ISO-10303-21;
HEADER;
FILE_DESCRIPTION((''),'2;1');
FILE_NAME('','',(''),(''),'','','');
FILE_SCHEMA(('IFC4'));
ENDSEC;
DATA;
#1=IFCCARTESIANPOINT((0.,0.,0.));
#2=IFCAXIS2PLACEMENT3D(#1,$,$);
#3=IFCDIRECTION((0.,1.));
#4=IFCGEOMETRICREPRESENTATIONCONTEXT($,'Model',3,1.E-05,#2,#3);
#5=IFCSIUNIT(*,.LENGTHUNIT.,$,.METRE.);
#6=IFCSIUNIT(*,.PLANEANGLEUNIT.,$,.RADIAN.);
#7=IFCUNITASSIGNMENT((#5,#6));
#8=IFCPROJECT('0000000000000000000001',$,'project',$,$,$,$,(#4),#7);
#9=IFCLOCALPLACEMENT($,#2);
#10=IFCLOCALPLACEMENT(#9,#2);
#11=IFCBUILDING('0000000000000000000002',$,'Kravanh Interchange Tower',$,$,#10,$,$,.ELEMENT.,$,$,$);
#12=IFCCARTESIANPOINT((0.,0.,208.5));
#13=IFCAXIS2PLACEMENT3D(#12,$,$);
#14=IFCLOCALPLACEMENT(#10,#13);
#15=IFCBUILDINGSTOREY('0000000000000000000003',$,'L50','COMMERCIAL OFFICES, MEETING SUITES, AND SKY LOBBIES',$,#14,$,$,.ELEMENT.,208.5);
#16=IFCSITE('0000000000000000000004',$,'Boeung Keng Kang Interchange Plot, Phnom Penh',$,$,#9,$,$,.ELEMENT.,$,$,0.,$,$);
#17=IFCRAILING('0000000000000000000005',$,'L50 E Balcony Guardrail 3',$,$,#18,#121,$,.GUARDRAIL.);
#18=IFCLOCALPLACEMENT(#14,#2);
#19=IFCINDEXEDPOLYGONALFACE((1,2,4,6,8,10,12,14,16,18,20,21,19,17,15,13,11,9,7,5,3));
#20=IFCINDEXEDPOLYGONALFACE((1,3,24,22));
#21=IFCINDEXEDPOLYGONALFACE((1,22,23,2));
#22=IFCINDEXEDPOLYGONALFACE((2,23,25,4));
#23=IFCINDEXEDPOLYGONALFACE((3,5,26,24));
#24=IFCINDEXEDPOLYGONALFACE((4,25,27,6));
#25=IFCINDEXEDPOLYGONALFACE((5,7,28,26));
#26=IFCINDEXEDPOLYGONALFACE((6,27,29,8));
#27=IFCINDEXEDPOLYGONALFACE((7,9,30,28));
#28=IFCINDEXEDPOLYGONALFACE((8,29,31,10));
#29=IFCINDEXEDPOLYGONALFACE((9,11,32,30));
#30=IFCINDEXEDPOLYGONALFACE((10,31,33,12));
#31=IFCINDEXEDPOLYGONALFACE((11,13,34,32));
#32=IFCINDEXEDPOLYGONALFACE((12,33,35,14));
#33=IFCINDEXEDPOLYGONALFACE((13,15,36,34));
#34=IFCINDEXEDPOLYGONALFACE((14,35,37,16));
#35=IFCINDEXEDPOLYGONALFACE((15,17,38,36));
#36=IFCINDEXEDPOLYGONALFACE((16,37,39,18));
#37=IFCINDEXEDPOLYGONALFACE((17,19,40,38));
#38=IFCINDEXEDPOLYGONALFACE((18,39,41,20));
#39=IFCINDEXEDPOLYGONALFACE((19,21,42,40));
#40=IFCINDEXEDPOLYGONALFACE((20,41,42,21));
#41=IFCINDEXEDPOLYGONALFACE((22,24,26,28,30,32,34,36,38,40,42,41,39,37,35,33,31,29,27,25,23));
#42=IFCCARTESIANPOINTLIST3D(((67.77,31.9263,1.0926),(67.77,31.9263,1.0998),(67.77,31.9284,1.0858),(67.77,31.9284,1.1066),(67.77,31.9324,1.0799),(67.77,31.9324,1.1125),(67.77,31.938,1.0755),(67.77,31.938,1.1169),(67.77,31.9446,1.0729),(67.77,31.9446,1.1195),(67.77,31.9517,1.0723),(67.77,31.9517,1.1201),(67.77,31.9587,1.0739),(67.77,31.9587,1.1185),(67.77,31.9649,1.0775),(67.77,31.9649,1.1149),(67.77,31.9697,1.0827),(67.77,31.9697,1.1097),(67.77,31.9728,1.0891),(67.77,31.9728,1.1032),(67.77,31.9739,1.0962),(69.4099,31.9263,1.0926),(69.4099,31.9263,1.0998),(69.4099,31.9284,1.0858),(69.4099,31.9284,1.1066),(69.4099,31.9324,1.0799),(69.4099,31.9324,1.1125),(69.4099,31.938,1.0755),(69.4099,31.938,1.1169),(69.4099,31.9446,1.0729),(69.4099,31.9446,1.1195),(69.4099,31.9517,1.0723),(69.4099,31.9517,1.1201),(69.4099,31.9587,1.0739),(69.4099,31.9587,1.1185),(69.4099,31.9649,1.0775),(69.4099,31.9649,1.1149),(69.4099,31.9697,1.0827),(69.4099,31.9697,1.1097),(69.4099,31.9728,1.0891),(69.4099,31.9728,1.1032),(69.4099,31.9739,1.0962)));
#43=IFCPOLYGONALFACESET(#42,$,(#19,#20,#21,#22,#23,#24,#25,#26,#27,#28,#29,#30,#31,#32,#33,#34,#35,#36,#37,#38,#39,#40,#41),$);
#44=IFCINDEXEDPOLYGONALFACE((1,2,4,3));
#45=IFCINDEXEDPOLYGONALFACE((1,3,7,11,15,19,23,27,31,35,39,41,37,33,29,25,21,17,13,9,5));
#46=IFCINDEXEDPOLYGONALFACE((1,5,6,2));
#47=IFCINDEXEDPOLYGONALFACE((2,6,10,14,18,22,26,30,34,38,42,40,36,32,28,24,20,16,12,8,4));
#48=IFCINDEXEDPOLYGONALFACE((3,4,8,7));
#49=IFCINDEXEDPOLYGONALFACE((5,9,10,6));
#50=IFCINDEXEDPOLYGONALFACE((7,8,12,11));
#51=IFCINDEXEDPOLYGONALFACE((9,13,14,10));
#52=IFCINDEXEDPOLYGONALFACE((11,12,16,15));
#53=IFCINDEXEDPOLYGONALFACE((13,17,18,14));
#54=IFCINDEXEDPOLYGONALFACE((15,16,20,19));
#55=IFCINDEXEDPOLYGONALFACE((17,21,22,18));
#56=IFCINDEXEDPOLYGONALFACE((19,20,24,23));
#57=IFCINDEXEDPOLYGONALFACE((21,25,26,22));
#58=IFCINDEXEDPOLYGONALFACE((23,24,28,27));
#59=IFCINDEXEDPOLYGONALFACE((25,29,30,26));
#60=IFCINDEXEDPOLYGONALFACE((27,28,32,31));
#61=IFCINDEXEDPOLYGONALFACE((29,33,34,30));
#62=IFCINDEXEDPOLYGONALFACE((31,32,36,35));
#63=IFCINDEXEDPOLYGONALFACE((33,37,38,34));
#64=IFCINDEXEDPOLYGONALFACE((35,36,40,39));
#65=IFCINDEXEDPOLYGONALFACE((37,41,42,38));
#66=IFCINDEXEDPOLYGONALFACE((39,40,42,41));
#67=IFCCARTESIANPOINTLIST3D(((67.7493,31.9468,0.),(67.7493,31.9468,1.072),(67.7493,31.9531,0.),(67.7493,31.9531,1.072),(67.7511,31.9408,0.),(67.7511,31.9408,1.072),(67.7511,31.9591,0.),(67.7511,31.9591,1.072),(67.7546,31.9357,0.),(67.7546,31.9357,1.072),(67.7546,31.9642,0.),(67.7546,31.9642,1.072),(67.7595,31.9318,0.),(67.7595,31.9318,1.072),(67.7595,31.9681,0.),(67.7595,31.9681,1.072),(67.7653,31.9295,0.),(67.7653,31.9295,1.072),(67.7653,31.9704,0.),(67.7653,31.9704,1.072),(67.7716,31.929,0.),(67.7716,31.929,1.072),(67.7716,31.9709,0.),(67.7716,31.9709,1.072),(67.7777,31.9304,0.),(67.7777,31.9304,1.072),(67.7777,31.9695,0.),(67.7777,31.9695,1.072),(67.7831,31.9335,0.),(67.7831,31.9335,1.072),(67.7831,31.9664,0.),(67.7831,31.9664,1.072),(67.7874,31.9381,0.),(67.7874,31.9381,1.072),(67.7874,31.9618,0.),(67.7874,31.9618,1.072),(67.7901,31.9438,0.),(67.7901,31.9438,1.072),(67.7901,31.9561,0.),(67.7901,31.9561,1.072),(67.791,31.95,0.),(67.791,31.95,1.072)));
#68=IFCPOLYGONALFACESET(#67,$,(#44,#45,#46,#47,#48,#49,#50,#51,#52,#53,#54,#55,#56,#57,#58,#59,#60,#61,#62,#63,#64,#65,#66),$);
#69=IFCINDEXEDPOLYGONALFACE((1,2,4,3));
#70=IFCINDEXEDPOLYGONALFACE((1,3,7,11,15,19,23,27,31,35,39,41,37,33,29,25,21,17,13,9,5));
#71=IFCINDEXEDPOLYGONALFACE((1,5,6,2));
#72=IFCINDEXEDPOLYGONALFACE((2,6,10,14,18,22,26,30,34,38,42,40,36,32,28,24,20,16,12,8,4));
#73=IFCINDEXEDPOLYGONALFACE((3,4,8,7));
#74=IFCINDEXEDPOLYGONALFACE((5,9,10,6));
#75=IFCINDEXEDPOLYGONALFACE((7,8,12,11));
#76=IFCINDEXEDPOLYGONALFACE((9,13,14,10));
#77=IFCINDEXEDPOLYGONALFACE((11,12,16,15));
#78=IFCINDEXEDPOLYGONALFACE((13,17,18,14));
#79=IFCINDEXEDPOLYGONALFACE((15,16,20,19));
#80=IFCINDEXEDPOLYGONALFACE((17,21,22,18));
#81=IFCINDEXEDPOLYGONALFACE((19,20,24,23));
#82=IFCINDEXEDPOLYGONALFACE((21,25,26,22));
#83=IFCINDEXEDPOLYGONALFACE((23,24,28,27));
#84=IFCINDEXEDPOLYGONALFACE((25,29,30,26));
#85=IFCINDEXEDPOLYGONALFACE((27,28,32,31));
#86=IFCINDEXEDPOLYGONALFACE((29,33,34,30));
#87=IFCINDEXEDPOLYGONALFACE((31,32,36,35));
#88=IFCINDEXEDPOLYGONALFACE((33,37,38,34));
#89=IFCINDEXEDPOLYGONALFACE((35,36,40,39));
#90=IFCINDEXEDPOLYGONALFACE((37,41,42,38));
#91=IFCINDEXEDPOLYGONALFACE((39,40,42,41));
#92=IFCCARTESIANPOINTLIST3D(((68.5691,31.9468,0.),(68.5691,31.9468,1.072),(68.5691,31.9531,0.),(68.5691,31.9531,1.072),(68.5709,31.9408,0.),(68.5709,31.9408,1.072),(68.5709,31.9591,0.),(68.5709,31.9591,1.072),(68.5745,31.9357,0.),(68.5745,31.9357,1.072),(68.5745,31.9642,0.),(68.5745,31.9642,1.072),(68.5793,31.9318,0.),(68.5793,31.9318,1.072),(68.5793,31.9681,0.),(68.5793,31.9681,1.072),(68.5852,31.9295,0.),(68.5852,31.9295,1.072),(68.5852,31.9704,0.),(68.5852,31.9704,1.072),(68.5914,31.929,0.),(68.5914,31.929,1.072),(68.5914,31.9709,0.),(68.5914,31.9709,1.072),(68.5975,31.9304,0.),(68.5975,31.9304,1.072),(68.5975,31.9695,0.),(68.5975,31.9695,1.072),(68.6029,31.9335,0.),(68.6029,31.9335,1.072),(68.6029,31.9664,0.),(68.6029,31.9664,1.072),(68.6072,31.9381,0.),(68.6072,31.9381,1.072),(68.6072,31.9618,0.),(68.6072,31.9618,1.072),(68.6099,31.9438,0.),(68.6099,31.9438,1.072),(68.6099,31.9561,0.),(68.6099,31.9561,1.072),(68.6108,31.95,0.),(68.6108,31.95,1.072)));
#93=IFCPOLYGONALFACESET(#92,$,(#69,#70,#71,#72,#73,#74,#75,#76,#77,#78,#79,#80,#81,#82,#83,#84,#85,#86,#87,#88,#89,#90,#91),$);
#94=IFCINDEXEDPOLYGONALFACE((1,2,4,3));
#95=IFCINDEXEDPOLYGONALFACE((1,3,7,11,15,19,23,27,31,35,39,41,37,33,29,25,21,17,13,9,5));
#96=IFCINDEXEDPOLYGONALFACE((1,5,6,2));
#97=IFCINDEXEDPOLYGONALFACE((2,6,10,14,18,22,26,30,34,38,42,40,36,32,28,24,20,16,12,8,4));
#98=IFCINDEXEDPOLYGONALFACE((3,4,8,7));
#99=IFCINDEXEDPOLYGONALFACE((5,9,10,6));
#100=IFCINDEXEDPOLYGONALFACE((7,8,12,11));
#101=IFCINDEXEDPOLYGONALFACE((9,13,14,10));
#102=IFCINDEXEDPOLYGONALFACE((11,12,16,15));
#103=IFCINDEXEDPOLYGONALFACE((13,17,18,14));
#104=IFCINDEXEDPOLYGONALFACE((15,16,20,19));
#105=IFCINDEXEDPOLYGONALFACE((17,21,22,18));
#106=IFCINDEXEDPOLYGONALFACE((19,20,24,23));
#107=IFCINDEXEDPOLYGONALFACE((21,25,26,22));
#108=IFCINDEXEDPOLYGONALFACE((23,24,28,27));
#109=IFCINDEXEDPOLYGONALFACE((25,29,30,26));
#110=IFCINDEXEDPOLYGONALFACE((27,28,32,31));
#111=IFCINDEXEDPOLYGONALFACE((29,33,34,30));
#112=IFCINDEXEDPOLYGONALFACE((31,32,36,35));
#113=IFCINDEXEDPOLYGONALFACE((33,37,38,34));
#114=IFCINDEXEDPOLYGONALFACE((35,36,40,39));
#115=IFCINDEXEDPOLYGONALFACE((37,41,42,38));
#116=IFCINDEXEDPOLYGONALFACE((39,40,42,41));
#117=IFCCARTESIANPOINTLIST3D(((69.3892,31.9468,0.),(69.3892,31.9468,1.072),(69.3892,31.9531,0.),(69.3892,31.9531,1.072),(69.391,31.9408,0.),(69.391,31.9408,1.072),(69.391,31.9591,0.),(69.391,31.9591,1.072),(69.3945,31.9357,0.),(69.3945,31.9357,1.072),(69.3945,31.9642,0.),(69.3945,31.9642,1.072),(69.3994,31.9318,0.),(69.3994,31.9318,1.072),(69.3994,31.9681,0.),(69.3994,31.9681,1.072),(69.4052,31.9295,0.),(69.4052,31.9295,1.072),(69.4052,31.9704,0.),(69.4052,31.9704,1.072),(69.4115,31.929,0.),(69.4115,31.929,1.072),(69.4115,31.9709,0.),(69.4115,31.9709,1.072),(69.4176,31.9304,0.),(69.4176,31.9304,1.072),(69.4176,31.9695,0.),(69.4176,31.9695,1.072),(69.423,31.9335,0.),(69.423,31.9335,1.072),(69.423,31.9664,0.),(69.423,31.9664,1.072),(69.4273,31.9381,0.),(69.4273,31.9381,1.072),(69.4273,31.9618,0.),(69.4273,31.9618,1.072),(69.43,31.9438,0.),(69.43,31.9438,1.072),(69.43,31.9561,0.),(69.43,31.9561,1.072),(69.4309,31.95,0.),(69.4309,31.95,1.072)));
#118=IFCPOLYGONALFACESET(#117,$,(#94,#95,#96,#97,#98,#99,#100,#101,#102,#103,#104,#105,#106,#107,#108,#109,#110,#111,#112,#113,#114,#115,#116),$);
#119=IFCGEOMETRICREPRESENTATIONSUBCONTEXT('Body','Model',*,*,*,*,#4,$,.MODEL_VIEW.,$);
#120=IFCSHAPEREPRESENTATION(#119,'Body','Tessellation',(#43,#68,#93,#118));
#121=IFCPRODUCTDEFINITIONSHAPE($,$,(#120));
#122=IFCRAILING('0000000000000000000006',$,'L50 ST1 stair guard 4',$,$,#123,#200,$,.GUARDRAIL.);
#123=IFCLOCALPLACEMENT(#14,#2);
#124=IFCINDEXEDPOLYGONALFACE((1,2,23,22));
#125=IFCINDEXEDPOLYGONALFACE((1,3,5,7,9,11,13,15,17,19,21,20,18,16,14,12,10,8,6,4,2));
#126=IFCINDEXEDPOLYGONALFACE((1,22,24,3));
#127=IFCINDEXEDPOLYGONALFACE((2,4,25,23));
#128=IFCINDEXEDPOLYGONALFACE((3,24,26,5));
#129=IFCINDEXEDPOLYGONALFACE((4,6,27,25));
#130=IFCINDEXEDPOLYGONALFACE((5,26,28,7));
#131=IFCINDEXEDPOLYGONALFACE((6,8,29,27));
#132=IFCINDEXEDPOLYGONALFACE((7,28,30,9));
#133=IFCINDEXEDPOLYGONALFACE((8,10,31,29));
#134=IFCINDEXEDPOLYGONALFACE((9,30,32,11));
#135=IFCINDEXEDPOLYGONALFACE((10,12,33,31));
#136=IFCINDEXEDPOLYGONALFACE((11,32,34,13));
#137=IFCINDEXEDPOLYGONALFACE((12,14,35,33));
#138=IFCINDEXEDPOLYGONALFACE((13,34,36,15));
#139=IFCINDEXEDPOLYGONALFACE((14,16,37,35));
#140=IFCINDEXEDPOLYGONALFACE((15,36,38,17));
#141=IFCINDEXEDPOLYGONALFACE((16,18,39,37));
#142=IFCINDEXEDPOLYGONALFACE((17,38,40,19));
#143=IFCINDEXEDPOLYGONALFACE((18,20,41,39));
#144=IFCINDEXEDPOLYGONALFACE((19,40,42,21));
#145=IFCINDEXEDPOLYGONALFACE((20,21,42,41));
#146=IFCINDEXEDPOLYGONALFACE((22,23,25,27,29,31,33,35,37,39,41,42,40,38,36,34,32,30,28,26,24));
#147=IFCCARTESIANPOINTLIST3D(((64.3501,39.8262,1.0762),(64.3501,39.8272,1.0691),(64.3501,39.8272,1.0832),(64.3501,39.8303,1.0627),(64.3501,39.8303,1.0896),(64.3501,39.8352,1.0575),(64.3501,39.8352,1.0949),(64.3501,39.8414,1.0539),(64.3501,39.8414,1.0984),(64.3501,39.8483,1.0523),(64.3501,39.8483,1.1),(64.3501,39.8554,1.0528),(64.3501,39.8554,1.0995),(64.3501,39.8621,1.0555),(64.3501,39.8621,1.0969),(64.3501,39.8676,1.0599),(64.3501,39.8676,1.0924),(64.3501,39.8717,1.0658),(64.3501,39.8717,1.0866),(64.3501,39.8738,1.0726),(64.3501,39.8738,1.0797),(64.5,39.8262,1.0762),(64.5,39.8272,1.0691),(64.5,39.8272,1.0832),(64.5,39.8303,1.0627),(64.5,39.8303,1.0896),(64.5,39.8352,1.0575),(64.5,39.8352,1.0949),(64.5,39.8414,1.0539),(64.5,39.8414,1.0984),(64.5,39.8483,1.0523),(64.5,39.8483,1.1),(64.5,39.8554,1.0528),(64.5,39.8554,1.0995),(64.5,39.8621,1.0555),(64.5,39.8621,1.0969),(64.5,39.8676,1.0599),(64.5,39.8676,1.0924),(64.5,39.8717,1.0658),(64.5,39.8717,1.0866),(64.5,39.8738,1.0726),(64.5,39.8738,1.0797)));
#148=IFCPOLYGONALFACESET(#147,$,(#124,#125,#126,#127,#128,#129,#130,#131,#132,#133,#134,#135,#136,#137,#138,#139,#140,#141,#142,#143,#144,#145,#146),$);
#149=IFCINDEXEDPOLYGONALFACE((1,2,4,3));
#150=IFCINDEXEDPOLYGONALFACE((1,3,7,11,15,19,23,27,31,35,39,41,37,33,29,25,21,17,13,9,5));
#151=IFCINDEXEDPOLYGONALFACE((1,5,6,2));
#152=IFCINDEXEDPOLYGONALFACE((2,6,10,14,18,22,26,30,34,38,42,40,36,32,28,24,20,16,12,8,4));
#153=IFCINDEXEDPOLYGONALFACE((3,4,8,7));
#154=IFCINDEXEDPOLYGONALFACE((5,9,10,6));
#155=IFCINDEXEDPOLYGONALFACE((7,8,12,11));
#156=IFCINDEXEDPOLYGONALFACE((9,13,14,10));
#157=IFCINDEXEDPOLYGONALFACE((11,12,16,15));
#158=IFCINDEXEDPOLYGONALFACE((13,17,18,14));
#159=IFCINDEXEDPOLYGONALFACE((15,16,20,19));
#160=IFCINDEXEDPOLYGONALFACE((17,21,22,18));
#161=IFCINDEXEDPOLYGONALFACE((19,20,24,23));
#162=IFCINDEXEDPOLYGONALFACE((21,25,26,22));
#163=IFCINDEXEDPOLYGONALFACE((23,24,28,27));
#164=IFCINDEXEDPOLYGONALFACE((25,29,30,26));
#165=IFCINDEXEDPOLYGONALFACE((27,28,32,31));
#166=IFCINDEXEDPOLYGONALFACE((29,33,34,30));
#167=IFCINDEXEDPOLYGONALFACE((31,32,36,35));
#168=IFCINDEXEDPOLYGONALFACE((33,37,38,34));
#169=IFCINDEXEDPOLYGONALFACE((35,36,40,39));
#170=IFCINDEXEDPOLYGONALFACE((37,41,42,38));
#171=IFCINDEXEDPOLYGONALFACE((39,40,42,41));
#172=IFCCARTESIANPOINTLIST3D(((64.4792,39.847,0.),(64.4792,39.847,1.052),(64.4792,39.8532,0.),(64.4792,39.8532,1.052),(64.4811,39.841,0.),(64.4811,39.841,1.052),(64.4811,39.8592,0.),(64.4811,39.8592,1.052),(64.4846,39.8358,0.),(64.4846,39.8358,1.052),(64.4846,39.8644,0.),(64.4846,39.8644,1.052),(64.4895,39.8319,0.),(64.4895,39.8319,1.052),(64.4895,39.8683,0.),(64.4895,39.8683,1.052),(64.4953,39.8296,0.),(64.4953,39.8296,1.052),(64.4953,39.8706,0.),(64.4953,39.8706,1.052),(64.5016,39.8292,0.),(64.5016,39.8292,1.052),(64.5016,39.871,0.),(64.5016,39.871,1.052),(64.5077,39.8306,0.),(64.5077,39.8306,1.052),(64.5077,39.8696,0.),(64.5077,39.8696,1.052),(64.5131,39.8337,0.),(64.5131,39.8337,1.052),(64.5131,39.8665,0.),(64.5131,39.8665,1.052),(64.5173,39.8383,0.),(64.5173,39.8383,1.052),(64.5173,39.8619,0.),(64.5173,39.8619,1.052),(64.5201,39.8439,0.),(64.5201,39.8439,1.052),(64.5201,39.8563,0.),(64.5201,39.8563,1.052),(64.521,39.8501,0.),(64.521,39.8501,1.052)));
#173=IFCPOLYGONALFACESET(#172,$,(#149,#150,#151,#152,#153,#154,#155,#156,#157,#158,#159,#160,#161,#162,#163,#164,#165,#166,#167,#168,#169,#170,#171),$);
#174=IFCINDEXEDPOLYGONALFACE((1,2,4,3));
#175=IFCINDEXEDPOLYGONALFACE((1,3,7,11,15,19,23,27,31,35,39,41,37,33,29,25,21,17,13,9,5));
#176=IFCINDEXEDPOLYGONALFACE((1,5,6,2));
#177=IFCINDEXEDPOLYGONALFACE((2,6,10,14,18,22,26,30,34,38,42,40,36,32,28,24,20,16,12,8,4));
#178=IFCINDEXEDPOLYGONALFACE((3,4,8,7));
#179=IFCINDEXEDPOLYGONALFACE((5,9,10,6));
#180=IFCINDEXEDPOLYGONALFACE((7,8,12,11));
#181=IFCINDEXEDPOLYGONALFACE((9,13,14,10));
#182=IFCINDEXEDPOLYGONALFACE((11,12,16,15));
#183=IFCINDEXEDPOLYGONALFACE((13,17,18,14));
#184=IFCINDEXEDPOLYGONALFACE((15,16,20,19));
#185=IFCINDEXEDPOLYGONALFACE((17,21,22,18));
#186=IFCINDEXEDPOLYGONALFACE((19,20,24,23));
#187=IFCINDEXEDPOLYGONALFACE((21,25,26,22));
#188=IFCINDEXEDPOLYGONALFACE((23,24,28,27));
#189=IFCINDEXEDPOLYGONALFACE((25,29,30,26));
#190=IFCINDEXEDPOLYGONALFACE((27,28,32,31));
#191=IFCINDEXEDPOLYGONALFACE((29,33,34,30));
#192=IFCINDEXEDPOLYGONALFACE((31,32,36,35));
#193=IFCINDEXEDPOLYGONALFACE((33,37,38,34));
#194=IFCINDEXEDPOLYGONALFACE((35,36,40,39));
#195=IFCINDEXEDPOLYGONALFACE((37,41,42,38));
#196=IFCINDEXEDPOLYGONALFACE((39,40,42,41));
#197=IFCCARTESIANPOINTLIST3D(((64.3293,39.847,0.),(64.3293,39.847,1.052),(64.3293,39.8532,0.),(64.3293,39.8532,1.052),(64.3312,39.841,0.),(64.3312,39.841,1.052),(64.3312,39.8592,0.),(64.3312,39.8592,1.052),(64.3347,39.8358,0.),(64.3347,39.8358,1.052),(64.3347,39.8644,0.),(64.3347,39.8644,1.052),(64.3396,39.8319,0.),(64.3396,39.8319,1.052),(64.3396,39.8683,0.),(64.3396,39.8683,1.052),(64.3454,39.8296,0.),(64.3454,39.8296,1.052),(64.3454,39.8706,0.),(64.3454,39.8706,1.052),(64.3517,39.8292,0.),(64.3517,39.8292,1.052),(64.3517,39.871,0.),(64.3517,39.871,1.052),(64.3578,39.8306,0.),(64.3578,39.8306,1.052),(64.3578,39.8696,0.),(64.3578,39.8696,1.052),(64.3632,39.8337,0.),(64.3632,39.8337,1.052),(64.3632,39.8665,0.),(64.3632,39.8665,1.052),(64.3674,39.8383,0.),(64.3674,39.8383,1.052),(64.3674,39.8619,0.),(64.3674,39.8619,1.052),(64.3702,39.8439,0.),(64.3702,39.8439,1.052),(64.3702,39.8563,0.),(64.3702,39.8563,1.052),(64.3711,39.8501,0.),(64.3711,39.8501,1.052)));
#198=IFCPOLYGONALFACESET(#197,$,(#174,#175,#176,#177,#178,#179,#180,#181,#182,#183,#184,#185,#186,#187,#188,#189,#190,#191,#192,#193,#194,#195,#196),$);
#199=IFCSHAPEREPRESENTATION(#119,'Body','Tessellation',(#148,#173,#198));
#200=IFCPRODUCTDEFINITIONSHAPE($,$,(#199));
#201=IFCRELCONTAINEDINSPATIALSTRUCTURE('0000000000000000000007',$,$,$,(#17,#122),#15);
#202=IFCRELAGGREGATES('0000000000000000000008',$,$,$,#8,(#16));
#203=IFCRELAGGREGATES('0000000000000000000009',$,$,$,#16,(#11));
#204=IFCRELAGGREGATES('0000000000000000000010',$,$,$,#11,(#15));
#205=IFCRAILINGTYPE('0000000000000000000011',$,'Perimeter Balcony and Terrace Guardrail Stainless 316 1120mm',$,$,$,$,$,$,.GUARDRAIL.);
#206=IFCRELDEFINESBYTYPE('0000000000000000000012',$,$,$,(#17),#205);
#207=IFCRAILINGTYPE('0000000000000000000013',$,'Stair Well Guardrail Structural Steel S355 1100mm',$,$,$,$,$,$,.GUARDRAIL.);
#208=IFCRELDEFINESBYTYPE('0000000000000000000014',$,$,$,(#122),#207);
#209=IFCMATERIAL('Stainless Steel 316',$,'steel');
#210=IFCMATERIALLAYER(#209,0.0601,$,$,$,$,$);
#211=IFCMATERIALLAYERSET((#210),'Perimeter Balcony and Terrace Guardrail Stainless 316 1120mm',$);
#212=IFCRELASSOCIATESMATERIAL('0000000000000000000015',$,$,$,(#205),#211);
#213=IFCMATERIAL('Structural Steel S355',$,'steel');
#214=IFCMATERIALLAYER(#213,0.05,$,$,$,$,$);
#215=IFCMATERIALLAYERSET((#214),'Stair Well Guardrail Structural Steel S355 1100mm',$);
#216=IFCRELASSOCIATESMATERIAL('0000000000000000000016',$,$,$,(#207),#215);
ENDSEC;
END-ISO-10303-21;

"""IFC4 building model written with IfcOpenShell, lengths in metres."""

from ifc_helpers import new_model, si_unit, direction, frame, origin, origin_2d, place, context, subcontext, project, spatial, circle, extrude, material, layer, layer_set, type_object, element, save


model = new_model("IFC4")

# Units and contexts
model_context = context("Model", 3, precision=1e-05, world=origin(), true_north=direction((0.0, 1.0)))
body_context = subcontext(model_context, "Body", "Model", "MODEL_VIEW")
ifc_project = project(units=[si_unit("LENGTHUNIT", "METRE"), si_unit("PLANEANGLEUNIT", "RADIAN")], contexts=[model_context])

# Site, building, storey
site_placement = place(None, origin())
site = spatial("IfcSite", under=ifc_project, at=site_placement, Name="Boeung Keng Kang Interchange Plot, Phnom Penh", CompositionType="ELEMENT", RefElevation=0.0)
building_placement = place(site_placement, origin())
building = spatial("IfcBuilding", under=site, at=building_placement, Name="Kravanh Interchange Tower", CompositionType="ELEMENT")
storey_placement = place(building_placement, frame((0.0, 0.0, 208.5)))
storey = spatial("IfcBuildingStorey", under=building, at=storey_placement, Name="L50", Description="COMMERCIAL OFFICES, MEETING SUITES, AND SKY LOBBIES", CompositionType="ELEMENT", Elevation=208.5)

# Railings
ifc_material_1 = material(Name="Stainless Steel 316", Category="steel")
ifc_layer_1 = layer(ifc_material_1, 0.0601)
ifc_layer_set_1 = layer_set([ifc_layer_1], Name="Perimeter Balcony and Terrace Guardrail Stainless 316 1120mm")
railing_type_1 = type_object("IfcRailingType", Name="Perimeter Balcony and Terrace Guardrail Stainless 316 1120mm", PredefinedType="GUARDRAIL", material=ifc_layer_set_1)
railing_1_placement = place(storey_placement, frame((67.77, 31.95, 0.0)))
element("IfcRailing", 1, at=railing_1_placement, inside=storey, type_object=railing_type_1, Name="L50 E Balcony Guardrail 3", PredefinedType="GUARDRAIL", context=body_context, shape_type="SweptSolid", body=[
    extrude(circle(Radius=0.0239, at=origin_2d()), frame((0.0, 0.0, 1.0962), z_axis=(1.0, 0.0, 0.0), x_axis=(0.0, 1.0, 0.0)), (0.0, 0.0, 1.0), 1.6399),
    extrude(circle(Radius=0.021, at=origin_2d()), origin(), (0.0, 0.0, 1.0), 1.072),
    extrude(circle(Radius=0.021, at=origin_2d()), frame((0.8198, 0.0, 0.0)), (0.0, 0.0, 1.0), 1.072),
    extrude(circle(Radius=0.021, at=origin_2d()), frame((1.6399, 0.0, 0.0)), (0.0, 0.0, 1.0), 1.072),
])
ifc_material_2 = material(Name="Structural Steel S355", Category="steel")
ifc_layer_2 = layer(ifc_material_2, 0.05)
ifc_layer_set_2 = layer_set([ifc_layer_2], Name="Stair Well Guardrail Structural Steel S355 1100mm")
railing_type_2 = type_object("IfcRailingType", Name="Stair Well Guardrail Structural Steel S355 1100mm", PredefinedType="GUARDRAIL", material=ifc_layer_set_2)
railing_2_placement = place(storey_placement, frame((64.5, 39.8501, 0.0)))
element("IfcRailing", 2, at=railing_2_placement, inside=storey, type_object=railing_type_2, Name="L50 ST1 stair guard 4", PredefinedType="GUARDRAIL", context=body_context, shape_type="SweptSolid", body=[
    extrude(circle(Radius=0.0239, at=origin_2d()), frame((0.0, 0.0, 1.0762), z_axis=(-1.0, 0.0, 0.0), x_axis=(0.0, -1.0, 0.0)), (0.0, 0.0, 1.0), 0.1499),
    extrude(circle(Radius=0.021, at=origin_2d()), origin(), (0.0, 0.0, 1.0), 1.052),
    extrude(circle(Radius=0.021, at=origin_2d()), frame((-0.1499, 0.0, 0.0)), (0.0, 0.0, 1.0), 1.052),
])

save(model, "model.ifc")
